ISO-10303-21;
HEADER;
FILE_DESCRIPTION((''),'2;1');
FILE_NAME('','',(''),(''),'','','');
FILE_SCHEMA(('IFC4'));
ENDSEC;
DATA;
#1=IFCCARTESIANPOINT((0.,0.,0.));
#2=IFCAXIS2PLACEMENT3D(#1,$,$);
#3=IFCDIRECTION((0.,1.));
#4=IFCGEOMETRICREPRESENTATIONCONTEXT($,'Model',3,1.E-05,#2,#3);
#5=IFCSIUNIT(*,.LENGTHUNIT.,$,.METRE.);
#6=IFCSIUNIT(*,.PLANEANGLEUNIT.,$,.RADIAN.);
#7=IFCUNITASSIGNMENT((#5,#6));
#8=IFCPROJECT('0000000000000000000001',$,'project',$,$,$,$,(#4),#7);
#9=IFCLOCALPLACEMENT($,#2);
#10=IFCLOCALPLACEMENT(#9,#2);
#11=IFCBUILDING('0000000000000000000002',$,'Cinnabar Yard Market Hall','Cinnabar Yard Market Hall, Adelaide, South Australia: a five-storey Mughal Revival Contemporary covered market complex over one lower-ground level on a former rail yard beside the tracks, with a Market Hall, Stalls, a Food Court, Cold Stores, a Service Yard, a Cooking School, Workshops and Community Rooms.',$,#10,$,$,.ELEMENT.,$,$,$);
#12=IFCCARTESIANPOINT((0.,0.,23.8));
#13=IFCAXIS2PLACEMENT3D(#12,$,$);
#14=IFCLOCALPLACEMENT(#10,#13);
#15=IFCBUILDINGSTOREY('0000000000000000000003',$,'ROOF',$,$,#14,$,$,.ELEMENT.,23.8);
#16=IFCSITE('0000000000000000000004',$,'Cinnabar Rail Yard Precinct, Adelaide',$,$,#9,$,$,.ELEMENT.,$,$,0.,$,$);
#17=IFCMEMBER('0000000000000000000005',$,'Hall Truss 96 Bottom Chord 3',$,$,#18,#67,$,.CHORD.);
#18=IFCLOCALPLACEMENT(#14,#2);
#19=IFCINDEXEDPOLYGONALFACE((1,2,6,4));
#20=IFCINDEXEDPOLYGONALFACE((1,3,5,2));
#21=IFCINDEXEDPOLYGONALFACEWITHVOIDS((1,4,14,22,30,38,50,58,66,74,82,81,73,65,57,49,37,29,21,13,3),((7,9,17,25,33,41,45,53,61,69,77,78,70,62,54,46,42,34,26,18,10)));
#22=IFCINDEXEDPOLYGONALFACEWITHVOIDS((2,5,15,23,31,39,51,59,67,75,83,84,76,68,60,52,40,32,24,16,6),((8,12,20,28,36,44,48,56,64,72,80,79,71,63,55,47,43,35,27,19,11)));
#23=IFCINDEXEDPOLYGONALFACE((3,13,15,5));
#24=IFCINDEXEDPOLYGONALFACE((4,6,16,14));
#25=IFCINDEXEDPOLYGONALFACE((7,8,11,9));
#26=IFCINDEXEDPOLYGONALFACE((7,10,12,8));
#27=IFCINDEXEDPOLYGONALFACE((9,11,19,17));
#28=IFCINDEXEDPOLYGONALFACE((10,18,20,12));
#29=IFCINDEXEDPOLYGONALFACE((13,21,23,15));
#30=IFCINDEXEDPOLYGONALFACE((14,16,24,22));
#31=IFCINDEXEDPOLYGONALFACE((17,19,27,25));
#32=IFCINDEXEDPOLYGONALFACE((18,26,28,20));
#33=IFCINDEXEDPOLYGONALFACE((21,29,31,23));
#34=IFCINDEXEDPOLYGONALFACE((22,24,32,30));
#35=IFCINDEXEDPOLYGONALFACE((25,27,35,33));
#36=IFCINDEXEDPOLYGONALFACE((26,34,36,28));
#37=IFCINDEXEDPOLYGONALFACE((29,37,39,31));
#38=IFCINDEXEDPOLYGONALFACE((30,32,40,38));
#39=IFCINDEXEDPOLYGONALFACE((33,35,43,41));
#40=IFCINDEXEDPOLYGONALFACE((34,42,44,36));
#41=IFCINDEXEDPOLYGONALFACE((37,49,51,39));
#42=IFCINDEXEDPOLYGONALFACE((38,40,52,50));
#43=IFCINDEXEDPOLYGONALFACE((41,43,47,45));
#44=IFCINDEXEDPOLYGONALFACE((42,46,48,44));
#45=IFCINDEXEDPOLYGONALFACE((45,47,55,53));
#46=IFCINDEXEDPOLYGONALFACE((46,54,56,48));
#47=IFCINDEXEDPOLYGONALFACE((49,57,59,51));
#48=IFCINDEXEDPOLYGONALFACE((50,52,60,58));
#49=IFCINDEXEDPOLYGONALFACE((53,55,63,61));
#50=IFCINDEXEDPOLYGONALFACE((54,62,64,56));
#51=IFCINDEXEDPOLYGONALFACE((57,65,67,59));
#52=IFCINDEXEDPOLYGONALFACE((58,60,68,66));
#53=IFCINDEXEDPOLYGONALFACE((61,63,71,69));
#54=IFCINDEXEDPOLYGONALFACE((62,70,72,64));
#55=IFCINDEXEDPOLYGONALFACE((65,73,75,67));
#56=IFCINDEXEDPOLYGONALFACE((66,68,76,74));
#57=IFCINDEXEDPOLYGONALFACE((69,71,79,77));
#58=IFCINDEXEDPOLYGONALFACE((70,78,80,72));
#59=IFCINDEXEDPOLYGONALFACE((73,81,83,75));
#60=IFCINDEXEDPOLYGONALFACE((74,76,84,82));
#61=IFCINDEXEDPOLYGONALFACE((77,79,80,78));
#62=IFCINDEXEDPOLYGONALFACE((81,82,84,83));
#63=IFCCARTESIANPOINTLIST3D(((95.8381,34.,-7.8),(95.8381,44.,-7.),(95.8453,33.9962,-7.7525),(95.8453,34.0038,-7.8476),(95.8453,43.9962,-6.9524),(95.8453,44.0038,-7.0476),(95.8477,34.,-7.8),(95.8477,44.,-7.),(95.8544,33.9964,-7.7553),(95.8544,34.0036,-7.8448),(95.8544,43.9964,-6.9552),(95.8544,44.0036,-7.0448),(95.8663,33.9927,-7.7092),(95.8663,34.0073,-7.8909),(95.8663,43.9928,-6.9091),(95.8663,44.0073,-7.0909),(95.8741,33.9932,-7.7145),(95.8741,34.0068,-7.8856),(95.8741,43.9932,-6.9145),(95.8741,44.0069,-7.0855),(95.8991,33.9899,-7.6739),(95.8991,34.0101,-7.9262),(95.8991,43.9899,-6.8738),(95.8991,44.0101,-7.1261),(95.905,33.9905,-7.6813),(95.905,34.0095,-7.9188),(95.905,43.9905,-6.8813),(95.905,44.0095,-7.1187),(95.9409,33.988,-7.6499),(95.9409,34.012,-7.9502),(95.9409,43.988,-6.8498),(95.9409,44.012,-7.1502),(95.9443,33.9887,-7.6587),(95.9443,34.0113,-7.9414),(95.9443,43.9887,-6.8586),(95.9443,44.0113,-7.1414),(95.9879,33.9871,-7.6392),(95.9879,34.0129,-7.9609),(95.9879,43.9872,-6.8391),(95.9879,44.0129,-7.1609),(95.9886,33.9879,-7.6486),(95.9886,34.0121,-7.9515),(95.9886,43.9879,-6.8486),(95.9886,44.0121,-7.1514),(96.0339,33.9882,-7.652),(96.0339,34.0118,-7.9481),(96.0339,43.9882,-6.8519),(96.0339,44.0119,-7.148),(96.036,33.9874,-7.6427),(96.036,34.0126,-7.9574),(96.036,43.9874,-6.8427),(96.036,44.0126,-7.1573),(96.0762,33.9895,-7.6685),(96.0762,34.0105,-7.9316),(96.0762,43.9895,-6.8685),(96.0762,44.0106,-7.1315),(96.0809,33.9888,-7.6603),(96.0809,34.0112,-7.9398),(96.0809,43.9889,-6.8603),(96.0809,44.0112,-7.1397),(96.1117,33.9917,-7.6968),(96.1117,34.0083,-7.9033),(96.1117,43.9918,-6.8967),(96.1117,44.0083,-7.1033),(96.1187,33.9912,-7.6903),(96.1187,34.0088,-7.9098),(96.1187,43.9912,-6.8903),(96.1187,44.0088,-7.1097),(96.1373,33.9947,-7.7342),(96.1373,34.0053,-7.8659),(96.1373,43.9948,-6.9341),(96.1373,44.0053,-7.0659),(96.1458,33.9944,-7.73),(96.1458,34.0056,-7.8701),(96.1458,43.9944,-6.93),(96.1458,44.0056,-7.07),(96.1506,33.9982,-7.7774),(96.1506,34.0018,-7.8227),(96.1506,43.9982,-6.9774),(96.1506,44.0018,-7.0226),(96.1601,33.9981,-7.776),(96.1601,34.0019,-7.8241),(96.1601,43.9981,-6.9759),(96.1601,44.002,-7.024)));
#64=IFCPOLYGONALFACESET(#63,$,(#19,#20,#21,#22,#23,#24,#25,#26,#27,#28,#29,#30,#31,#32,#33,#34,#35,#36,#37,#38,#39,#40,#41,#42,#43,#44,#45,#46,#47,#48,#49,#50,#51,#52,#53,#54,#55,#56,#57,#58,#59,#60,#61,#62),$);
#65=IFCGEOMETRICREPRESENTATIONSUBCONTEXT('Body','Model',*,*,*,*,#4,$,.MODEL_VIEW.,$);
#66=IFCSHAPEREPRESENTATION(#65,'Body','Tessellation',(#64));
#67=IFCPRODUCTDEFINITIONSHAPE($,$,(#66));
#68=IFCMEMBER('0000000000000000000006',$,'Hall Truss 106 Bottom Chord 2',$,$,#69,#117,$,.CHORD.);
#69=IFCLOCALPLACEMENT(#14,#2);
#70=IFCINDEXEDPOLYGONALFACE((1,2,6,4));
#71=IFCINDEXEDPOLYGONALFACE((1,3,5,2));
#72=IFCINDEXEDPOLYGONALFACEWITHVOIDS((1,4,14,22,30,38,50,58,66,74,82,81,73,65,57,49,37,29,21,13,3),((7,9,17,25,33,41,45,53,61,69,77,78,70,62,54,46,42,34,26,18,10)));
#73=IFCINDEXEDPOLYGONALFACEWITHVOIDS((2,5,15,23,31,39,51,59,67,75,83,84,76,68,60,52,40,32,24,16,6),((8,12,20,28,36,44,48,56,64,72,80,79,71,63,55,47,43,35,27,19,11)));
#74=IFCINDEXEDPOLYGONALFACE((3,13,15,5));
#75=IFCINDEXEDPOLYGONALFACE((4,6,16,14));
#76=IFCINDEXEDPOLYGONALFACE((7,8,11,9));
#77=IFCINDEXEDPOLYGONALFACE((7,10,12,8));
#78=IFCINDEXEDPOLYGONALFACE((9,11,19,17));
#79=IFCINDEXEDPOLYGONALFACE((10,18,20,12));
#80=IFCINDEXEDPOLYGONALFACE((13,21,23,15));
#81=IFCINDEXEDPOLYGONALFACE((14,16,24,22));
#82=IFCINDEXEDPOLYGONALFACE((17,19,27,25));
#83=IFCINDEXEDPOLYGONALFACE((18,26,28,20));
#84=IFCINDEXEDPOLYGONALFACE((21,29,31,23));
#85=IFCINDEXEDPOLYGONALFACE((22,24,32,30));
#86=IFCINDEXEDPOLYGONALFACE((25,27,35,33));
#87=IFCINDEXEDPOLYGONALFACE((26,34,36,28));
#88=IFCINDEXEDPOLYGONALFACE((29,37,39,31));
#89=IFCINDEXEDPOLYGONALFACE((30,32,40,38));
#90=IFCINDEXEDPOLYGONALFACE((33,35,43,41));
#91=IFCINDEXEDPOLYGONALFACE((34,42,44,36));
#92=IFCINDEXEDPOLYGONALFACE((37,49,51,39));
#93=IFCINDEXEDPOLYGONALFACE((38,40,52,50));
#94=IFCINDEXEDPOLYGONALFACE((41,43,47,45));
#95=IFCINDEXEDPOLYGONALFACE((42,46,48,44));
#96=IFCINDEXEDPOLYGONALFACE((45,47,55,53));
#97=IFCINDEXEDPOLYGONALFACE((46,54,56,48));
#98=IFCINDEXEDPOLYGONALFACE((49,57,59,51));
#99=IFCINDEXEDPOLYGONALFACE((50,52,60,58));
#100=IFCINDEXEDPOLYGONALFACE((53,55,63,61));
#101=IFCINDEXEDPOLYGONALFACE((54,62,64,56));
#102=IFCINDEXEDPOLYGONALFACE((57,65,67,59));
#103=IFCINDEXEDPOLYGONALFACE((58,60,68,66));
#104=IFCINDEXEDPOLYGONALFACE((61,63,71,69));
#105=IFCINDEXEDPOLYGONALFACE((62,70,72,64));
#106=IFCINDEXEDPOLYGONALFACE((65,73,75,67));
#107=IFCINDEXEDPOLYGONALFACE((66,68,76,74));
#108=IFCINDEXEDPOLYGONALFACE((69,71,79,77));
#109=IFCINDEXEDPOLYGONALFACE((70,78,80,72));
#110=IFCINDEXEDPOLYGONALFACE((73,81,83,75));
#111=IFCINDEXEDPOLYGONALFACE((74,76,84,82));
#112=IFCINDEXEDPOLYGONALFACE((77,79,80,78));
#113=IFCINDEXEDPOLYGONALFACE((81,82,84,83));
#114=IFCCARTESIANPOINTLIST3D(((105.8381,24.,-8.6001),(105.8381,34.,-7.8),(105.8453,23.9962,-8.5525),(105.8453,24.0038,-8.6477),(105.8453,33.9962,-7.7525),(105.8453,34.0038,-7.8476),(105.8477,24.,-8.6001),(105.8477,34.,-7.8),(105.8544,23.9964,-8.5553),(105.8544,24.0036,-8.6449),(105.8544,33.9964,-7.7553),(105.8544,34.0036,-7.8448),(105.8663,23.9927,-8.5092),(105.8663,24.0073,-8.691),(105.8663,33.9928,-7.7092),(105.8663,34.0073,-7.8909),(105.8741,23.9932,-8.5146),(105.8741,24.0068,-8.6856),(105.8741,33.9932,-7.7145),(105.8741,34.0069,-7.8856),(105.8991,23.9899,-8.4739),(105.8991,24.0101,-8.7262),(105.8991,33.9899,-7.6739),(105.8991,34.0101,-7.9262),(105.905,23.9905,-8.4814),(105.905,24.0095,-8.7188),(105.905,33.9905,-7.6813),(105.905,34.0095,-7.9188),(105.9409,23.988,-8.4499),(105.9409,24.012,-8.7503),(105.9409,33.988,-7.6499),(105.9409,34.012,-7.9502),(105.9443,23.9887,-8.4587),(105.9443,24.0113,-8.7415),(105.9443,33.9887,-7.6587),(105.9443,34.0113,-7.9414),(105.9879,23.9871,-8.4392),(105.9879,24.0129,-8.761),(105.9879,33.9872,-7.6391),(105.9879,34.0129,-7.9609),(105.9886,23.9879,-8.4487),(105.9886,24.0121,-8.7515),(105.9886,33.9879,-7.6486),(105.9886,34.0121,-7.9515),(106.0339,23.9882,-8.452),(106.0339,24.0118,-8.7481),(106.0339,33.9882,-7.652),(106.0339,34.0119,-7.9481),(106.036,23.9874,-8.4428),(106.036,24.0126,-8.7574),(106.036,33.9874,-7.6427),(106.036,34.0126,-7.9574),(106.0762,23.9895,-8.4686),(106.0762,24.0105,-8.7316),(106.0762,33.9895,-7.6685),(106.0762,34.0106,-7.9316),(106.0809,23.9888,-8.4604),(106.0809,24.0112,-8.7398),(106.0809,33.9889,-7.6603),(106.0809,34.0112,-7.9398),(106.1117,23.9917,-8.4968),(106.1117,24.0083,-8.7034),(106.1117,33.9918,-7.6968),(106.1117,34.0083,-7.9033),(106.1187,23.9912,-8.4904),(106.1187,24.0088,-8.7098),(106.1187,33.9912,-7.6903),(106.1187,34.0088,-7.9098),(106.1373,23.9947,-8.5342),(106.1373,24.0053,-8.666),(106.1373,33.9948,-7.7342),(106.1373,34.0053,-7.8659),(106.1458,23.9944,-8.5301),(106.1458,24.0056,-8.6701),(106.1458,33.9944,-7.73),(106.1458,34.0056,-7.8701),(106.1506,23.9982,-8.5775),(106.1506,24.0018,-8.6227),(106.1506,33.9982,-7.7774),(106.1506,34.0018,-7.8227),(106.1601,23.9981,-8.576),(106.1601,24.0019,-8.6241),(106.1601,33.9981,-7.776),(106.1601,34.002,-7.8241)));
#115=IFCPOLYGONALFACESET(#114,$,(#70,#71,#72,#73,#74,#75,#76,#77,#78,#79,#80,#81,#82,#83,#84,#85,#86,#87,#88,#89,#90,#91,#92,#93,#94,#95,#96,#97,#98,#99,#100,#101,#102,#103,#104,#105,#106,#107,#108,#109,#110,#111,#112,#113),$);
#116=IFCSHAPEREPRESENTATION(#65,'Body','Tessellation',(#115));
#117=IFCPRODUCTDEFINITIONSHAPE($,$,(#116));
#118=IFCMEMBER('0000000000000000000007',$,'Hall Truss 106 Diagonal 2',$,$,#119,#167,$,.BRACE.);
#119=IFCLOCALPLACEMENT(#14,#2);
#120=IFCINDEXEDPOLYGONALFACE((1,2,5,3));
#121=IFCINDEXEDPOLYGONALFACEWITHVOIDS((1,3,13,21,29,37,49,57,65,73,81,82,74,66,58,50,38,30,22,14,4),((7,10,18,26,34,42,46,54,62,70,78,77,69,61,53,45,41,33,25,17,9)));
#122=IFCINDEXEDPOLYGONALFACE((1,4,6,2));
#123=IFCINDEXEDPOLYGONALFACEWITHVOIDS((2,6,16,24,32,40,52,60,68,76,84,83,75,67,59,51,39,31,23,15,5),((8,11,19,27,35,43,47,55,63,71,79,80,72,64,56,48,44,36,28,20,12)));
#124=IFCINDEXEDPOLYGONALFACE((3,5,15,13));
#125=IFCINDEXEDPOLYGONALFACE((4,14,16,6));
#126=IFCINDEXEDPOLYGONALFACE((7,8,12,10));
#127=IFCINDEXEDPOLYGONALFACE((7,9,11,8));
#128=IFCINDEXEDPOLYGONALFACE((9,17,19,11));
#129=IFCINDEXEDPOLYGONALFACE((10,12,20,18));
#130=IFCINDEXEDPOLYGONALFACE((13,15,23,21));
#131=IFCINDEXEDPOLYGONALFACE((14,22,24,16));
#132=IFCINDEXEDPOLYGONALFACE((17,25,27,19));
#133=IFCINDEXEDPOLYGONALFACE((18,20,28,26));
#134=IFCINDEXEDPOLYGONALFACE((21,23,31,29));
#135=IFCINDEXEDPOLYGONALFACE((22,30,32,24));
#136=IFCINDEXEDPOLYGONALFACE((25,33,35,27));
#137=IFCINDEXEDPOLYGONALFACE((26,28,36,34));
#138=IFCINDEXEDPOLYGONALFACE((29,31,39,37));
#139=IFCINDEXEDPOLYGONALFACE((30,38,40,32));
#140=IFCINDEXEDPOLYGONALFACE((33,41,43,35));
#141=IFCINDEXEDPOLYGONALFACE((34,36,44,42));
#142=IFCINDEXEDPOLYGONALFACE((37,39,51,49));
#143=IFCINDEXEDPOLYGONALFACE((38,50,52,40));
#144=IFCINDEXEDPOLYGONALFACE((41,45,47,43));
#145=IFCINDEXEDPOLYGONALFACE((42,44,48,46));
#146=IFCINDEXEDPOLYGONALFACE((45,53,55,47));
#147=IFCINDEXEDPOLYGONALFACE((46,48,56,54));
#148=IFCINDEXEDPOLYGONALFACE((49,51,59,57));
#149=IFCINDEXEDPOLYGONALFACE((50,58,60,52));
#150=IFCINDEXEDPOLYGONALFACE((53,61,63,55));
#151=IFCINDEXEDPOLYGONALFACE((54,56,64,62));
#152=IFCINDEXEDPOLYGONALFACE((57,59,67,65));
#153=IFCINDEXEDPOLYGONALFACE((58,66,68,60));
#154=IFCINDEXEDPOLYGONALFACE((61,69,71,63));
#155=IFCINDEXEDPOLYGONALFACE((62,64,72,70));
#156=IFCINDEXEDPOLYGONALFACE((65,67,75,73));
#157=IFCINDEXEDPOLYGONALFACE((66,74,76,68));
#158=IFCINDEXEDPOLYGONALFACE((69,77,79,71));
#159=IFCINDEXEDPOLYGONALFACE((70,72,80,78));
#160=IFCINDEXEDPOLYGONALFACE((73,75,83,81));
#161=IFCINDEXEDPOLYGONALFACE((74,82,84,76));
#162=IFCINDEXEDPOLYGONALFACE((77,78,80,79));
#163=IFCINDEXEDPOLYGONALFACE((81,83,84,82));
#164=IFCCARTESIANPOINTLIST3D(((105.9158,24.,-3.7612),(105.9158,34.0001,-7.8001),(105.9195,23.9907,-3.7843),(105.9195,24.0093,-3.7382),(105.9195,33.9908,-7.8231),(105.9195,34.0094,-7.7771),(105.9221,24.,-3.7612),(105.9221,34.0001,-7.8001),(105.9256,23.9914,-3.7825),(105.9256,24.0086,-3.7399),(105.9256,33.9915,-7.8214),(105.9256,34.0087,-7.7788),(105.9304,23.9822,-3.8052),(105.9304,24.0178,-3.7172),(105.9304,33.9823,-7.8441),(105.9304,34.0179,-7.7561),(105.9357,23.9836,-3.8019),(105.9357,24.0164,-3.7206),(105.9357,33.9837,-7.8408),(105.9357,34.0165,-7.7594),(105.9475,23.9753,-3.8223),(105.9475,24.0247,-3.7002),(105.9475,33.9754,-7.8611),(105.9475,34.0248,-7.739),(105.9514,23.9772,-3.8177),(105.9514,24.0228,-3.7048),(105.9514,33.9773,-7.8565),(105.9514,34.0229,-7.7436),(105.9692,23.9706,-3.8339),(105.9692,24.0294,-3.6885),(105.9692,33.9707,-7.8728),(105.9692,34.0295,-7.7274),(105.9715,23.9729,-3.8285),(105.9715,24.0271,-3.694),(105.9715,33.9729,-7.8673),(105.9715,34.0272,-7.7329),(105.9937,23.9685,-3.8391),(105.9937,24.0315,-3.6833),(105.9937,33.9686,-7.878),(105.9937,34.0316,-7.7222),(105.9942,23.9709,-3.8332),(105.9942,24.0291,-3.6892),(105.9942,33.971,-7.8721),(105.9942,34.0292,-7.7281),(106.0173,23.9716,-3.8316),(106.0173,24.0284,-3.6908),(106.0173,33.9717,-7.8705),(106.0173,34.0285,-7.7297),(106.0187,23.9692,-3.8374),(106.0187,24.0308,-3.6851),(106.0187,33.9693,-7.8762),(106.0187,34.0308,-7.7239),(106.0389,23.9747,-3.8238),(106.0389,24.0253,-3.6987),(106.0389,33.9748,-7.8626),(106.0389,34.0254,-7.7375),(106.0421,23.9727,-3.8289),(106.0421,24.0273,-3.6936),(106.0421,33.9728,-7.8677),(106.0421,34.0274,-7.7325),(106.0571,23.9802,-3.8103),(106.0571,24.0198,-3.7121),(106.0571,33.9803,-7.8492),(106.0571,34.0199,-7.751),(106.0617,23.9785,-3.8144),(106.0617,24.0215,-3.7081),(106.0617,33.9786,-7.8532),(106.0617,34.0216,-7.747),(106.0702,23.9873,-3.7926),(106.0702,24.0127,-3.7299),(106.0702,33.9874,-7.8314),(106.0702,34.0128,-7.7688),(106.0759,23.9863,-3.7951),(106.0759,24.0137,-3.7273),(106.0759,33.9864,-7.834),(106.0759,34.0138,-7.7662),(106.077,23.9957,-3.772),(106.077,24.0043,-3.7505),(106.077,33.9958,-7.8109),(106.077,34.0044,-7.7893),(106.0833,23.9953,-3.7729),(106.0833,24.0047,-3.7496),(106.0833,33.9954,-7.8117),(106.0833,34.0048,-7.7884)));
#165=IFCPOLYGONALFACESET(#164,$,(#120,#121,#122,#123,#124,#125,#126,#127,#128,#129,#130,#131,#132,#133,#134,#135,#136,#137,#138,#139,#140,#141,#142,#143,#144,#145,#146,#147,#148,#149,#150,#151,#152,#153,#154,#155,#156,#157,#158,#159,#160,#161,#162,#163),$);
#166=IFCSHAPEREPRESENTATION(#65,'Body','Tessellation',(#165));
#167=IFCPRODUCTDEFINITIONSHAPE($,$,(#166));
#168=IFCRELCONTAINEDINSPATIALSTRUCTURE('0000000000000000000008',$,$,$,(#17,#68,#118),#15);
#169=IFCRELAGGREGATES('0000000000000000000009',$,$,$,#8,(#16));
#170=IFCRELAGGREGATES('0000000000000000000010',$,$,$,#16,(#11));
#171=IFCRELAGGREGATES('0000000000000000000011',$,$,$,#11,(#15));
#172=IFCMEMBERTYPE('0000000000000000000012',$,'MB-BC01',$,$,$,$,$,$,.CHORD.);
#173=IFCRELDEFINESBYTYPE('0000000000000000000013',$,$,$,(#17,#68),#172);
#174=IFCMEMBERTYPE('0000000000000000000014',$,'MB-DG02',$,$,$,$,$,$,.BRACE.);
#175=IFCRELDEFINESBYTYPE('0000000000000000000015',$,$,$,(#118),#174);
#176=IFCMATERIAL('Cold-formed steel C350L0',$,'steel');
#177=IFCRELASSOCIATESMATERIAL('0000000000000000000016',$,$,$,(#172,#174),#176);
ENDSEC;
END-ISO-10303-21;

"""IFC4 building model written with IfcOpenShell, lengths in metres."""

from ifc_helpers import new_model, si_unit, direction, frame, origin, origin_2d_with_axis, place, context, subcontext, project, spatial, hollow_circle, extrude, material, material_profile, profile_set, type_object, element, save


model = new_model("IFC4")

# Units and contexts
model_context = context("Model", 3, precision=1e-05, world=origin(), true_north=direction((0.0, 1.0)))
body_context = subcontext(model_context, "Body", "Model", "MODEL_VIEW")
ifc_project = project(units=[si_unit("LENGTHUNIT", "METRE"), si_unit("PLANEANGLEUNIT", "RADIAN")], contexts=[model_context])

# Site, building, storey
site_placement = place(None, origin())
site = spatial("IfcSite", under=ifc_project, at=site_placement, Name="Cinnabar Rail Yard Precinct, Adelaide", CompositionType="ELEMENT", RefElevation=0.0)
building_placement = place(site_placement, origin())
building = spatial("IfcBuilding", under=site, at=building_placement, Name="Cinnabar Yard Market Hall", Description="Cinnabar Yard Market Hall, Adelaide, South Australia: a five-storey Mughal Revival Contemporary covered market complex over one lower-ground level on a former rail yard beside the tracks, with a Market Hall, Stalls, a Food Court, Cold Stores, a Service Yard, a Cooking School, Workshops and Community Rooms.", CompositionType="ELEMENT")
storey_placement = place(building_placement, frame((0.0, 0.0, 23.8)))
storey = spatial("IfcBuildingStorey", under=building, at=storey_placement, Name="ROOF", CompositionType="ELEMENT", Elevation=23.8)

# Members
ifc_material_1 = material(Name="Cold-formed steel C350L0", Category="steel")
ifc_material_profile_1 = material_profile(ifc_material_1, hollow_circle(Radius=0.1619, WallThickness=0.0095, at=origin_2d_with_axis()), Name="323.9x9.5CHS")
ifc_profile_set_1 = profile_set([ifc_material_profile_1], Name="Cold-formed steel C350L0")
member_type_1 = type_object("IfcMemberType", Name="MB-BC01", PredefinedType="CHORD", material=ifc_profile_set_1)
for number, where, z_axis, x_axis, name in (
    (1, (96.0, 34.0, -7.8), (0.0, 0.996815, 0.07975), (-1.0, 0.0, 0.0), "Hall Truss 96 Bottom Chord 3"),
    (2, (106.0, 24.0, -8.6001), (0.0, 0.996815, 0.07975), (-1.0, 0.0, 0.0), "Hall Truss 106 Bottom Chord 2"),
):
    element("IfcMember", number, at=place(storey_placement, frame(where, z_axis=z_axis, x_axis=x_axis)), inside=storey, type_object=member_type_1, Name=name, PredefinedType="CHORD", context=body_context, shape_type="SweptSolid", body=[
        extrude(hollow_circle(Radius=0.1619, WallThickness=0.0095, at=origin_2d_with_axis()), origin(), (0.0, 0.0, 1.0), 10.032),
    ])
ifc_material_profile_2 = material_profile(ifc_material_1, hollow_circle(Radius=0.0842, WallThickness=0.0063, at=origin_2d_with_axis()), Name="168.3x6.4CHS")
ifc_profile_set_2 = profile_set([ifc_material_profile_2], Name="Cold-formed steel C350L0")
member_type_2 = type_object("IfcMemberType", Name="MB-DG02", PredefinedType="BRACE", material=ifc_profile_set_2)
member_1_placement = place(storey_placement, frame((106.0, 24.0, -3.7612), z_axis=(0.0, 0.92723, -0.374491), x_axis=(-1.0, 0.0, 0.0)))
element("IfcMember", 3, at=member_1_placement, inside=storey, type_object=member_type_2, Name="Hall Truss 106 Diagonal 2", PredefinedType="BRACE", context=body_context, shape_type="SweptSolid", body=[
    extrude(hollow_circle(Radius=0.0842, WallThickness=0.0063, at=origin_2d_with_axis()), origin(), (0.0, 0.0, 1.0), 10.7849),
])

save(model, "model.ifc")
